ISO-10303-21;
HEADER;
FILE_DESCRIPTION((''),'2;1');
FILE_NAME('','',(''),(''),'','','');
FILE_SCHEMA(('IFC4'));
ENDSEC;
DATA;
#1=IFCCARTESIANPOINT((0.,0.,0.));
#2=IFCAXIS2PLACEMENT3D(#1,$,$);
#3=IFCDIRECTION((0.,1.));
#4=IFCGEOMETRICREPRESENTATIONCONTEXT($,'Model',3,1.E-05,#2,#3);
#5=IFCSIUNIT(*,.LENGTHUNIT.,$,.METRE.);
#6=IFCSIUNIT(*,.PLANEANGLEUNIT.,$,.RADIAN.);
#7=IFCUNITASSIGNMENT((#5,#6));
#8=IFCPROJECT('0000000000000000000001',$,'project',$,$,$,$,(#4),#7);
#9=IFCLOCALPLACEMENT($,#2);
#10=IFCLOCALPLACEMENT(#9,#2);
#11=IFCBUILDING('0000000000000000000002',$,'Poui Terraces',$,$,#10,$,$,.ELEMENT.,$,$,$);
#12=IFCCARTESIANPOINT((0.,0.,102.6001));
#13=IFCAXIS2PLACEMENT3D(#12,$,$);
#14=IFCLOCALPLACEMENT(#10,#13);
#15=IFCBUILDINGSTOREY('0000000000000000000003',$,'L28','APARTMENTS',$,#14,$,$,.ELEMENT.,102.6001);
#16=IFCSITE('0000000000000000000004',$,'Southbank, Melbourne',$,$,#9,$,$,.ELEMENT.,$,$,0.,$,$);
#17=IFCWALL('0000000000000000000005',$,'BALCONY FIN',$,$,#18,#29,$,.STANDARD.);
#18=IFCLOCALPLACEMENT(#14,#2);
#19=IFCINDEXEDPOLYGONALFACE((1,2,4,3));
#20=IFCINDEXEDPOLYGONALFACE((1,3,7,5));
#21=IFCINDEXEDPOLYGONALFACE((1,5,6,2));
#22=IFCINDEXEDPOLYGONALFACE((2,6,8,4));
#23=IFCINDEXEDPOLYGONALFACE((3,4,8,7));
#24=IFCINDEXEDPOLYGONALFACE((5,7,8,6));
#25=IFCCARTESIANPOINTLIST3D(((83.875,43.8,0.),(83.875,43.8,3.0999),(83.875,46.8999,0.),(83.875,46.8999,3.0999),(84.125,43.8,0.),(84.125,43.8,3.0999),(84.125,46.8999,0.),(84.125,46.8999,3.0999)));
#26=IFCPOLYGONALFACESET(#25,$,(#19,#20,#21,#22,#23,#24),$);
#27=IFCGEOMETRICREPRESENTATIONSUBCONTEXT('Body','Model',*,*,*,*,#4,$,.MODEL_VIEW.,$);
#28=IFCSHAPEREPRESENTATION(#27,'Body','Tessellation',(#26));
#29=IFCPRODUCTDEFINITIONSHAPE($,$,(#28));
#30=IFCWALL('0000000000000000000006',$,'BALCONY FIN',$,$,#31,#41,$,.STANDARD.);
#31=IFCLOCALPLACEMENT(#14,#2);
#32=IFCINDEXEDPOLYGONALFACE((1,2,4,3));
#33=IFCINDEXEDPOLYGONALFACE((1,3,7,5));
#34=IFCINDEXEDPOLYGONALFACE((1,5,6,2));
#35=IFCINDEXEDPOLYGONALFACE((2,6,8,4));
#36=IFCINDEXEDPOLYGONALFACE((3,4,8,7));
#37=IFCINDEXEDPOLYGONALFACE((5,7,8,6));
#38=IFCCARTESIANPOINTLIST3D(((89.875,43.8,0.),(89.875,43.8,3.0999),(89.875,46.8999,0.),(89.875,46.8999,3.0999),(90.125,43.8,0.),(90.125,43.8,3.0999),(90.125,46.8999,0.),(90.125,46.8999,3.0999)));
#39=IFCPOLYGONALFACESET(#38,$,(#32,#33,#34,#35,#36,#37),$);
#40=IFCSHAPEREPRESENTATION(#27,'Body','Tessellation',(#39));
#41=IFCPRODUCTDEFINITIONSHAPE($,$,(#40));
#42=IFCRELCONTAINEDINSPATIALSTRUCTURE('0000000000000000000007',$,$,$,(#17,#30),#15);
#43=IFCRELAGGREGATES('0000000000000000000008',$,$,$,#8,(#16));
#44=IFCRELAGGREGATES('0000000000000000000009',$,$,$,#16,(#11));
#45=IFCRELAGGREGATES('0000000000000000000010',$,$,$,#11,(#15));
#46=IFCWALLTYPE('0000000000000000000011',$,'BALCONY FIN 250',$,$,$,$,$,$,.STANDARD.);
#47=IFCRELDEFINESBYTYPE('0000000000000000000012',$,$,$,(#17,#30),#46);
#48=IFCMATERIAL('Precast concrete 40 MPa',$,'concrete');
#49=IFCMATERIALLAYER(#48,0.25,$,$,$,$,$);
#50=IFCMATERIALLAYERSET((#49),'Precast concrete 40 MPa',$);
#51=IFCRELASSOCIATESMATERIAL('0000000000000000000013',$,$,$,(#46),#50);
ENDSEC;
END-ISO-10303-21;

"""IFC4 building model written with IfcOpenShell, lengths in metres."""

from ifc_helpers import new_model, si_unit, direction, frame, origin, place, context, subcontext, project, spatial, polyline, outline, extrude, source, transform, mapped, material, layer, layer_set, type_object, element, save


model = new_model("IFC4")

# Units and contexts
model_context = context("Model", 3, precision=1e-05, world=origin(), true_north=direction((0.0, 1.0)))
body_context = subcontext(model_context, "Body", "Model", "MODEL_VIEW")
ifc_project = project(units=[si_unit("LENGTHUNIT", "METRE"), si_unit("PLANEANGLEUNIT", "RADIAN")], contexts=[model_context])

# Site, building, storey
site_placement = place(None, origin())
site = spatial("IfcSite", under=ifc_project, at=site_placement, Name="Southbank, Melbourne", CompositionType="ELEMENT", RefElevation=0.0)
building_placement = place(site_placement, origin())
building = spatial("IfcBuilding", under=site, at=building_placement, Name="Poui Terraces", CompositionType="ELEMENT")
storey_placement = place(building_placement, frame((0.0, 0.0, 102.6001)))
storey = spatial("IfcBuildingStorey", under=building, at=storey_placement, Name="L28", Description="APARTMENTS", CompositionType="ELEMENT", Elevation=102.6001)

# Walls
ifc_material_1 = material(Name="Precast concrete 40 MPa", Category="concrete")
ifc_layer_1 = layer(ifc_material_1, 0.25)
ifc_layer_set_1 = layer_set([ifc_layer_1], Name="Precast concrete 40 MPa")
wall_type_1 = type_object("IfcWallType", Name="BALCONY FIN 250", PredefinedType="STANDARD", material=ifc_layer_set_1)
shared_shape_1 = source(origin(), body_context, "Body", "SweptSolid", [
    extrude(outline(polyline([(0.0, 0.0), (0.25, 0.0), (0.25, 3.0999), (0.0, 3.0999), (0.0, 0.0)])), origin(), (0.0, 0.0, 1.0), 3.0999),
])
for number, where, name in (
    (1, (83.875, 43.8, 0.0), "BALCONY FIN"),
    (2, (89.875, 43.8, 0.0), "BALCONY FIN"),
):
    element("IfcWall", number, at=place(storey_placement, frame(where)), inside=storey, type_object=wall_type_1, Name=name, PredefinedType="STANDARD", context=body_context, shape_type="MappedRepresentation", body=[
        mapped(shared_shape_1, transform((0.0, 0.0, 0.0))),
    ])

save(model, "model.ifc")
